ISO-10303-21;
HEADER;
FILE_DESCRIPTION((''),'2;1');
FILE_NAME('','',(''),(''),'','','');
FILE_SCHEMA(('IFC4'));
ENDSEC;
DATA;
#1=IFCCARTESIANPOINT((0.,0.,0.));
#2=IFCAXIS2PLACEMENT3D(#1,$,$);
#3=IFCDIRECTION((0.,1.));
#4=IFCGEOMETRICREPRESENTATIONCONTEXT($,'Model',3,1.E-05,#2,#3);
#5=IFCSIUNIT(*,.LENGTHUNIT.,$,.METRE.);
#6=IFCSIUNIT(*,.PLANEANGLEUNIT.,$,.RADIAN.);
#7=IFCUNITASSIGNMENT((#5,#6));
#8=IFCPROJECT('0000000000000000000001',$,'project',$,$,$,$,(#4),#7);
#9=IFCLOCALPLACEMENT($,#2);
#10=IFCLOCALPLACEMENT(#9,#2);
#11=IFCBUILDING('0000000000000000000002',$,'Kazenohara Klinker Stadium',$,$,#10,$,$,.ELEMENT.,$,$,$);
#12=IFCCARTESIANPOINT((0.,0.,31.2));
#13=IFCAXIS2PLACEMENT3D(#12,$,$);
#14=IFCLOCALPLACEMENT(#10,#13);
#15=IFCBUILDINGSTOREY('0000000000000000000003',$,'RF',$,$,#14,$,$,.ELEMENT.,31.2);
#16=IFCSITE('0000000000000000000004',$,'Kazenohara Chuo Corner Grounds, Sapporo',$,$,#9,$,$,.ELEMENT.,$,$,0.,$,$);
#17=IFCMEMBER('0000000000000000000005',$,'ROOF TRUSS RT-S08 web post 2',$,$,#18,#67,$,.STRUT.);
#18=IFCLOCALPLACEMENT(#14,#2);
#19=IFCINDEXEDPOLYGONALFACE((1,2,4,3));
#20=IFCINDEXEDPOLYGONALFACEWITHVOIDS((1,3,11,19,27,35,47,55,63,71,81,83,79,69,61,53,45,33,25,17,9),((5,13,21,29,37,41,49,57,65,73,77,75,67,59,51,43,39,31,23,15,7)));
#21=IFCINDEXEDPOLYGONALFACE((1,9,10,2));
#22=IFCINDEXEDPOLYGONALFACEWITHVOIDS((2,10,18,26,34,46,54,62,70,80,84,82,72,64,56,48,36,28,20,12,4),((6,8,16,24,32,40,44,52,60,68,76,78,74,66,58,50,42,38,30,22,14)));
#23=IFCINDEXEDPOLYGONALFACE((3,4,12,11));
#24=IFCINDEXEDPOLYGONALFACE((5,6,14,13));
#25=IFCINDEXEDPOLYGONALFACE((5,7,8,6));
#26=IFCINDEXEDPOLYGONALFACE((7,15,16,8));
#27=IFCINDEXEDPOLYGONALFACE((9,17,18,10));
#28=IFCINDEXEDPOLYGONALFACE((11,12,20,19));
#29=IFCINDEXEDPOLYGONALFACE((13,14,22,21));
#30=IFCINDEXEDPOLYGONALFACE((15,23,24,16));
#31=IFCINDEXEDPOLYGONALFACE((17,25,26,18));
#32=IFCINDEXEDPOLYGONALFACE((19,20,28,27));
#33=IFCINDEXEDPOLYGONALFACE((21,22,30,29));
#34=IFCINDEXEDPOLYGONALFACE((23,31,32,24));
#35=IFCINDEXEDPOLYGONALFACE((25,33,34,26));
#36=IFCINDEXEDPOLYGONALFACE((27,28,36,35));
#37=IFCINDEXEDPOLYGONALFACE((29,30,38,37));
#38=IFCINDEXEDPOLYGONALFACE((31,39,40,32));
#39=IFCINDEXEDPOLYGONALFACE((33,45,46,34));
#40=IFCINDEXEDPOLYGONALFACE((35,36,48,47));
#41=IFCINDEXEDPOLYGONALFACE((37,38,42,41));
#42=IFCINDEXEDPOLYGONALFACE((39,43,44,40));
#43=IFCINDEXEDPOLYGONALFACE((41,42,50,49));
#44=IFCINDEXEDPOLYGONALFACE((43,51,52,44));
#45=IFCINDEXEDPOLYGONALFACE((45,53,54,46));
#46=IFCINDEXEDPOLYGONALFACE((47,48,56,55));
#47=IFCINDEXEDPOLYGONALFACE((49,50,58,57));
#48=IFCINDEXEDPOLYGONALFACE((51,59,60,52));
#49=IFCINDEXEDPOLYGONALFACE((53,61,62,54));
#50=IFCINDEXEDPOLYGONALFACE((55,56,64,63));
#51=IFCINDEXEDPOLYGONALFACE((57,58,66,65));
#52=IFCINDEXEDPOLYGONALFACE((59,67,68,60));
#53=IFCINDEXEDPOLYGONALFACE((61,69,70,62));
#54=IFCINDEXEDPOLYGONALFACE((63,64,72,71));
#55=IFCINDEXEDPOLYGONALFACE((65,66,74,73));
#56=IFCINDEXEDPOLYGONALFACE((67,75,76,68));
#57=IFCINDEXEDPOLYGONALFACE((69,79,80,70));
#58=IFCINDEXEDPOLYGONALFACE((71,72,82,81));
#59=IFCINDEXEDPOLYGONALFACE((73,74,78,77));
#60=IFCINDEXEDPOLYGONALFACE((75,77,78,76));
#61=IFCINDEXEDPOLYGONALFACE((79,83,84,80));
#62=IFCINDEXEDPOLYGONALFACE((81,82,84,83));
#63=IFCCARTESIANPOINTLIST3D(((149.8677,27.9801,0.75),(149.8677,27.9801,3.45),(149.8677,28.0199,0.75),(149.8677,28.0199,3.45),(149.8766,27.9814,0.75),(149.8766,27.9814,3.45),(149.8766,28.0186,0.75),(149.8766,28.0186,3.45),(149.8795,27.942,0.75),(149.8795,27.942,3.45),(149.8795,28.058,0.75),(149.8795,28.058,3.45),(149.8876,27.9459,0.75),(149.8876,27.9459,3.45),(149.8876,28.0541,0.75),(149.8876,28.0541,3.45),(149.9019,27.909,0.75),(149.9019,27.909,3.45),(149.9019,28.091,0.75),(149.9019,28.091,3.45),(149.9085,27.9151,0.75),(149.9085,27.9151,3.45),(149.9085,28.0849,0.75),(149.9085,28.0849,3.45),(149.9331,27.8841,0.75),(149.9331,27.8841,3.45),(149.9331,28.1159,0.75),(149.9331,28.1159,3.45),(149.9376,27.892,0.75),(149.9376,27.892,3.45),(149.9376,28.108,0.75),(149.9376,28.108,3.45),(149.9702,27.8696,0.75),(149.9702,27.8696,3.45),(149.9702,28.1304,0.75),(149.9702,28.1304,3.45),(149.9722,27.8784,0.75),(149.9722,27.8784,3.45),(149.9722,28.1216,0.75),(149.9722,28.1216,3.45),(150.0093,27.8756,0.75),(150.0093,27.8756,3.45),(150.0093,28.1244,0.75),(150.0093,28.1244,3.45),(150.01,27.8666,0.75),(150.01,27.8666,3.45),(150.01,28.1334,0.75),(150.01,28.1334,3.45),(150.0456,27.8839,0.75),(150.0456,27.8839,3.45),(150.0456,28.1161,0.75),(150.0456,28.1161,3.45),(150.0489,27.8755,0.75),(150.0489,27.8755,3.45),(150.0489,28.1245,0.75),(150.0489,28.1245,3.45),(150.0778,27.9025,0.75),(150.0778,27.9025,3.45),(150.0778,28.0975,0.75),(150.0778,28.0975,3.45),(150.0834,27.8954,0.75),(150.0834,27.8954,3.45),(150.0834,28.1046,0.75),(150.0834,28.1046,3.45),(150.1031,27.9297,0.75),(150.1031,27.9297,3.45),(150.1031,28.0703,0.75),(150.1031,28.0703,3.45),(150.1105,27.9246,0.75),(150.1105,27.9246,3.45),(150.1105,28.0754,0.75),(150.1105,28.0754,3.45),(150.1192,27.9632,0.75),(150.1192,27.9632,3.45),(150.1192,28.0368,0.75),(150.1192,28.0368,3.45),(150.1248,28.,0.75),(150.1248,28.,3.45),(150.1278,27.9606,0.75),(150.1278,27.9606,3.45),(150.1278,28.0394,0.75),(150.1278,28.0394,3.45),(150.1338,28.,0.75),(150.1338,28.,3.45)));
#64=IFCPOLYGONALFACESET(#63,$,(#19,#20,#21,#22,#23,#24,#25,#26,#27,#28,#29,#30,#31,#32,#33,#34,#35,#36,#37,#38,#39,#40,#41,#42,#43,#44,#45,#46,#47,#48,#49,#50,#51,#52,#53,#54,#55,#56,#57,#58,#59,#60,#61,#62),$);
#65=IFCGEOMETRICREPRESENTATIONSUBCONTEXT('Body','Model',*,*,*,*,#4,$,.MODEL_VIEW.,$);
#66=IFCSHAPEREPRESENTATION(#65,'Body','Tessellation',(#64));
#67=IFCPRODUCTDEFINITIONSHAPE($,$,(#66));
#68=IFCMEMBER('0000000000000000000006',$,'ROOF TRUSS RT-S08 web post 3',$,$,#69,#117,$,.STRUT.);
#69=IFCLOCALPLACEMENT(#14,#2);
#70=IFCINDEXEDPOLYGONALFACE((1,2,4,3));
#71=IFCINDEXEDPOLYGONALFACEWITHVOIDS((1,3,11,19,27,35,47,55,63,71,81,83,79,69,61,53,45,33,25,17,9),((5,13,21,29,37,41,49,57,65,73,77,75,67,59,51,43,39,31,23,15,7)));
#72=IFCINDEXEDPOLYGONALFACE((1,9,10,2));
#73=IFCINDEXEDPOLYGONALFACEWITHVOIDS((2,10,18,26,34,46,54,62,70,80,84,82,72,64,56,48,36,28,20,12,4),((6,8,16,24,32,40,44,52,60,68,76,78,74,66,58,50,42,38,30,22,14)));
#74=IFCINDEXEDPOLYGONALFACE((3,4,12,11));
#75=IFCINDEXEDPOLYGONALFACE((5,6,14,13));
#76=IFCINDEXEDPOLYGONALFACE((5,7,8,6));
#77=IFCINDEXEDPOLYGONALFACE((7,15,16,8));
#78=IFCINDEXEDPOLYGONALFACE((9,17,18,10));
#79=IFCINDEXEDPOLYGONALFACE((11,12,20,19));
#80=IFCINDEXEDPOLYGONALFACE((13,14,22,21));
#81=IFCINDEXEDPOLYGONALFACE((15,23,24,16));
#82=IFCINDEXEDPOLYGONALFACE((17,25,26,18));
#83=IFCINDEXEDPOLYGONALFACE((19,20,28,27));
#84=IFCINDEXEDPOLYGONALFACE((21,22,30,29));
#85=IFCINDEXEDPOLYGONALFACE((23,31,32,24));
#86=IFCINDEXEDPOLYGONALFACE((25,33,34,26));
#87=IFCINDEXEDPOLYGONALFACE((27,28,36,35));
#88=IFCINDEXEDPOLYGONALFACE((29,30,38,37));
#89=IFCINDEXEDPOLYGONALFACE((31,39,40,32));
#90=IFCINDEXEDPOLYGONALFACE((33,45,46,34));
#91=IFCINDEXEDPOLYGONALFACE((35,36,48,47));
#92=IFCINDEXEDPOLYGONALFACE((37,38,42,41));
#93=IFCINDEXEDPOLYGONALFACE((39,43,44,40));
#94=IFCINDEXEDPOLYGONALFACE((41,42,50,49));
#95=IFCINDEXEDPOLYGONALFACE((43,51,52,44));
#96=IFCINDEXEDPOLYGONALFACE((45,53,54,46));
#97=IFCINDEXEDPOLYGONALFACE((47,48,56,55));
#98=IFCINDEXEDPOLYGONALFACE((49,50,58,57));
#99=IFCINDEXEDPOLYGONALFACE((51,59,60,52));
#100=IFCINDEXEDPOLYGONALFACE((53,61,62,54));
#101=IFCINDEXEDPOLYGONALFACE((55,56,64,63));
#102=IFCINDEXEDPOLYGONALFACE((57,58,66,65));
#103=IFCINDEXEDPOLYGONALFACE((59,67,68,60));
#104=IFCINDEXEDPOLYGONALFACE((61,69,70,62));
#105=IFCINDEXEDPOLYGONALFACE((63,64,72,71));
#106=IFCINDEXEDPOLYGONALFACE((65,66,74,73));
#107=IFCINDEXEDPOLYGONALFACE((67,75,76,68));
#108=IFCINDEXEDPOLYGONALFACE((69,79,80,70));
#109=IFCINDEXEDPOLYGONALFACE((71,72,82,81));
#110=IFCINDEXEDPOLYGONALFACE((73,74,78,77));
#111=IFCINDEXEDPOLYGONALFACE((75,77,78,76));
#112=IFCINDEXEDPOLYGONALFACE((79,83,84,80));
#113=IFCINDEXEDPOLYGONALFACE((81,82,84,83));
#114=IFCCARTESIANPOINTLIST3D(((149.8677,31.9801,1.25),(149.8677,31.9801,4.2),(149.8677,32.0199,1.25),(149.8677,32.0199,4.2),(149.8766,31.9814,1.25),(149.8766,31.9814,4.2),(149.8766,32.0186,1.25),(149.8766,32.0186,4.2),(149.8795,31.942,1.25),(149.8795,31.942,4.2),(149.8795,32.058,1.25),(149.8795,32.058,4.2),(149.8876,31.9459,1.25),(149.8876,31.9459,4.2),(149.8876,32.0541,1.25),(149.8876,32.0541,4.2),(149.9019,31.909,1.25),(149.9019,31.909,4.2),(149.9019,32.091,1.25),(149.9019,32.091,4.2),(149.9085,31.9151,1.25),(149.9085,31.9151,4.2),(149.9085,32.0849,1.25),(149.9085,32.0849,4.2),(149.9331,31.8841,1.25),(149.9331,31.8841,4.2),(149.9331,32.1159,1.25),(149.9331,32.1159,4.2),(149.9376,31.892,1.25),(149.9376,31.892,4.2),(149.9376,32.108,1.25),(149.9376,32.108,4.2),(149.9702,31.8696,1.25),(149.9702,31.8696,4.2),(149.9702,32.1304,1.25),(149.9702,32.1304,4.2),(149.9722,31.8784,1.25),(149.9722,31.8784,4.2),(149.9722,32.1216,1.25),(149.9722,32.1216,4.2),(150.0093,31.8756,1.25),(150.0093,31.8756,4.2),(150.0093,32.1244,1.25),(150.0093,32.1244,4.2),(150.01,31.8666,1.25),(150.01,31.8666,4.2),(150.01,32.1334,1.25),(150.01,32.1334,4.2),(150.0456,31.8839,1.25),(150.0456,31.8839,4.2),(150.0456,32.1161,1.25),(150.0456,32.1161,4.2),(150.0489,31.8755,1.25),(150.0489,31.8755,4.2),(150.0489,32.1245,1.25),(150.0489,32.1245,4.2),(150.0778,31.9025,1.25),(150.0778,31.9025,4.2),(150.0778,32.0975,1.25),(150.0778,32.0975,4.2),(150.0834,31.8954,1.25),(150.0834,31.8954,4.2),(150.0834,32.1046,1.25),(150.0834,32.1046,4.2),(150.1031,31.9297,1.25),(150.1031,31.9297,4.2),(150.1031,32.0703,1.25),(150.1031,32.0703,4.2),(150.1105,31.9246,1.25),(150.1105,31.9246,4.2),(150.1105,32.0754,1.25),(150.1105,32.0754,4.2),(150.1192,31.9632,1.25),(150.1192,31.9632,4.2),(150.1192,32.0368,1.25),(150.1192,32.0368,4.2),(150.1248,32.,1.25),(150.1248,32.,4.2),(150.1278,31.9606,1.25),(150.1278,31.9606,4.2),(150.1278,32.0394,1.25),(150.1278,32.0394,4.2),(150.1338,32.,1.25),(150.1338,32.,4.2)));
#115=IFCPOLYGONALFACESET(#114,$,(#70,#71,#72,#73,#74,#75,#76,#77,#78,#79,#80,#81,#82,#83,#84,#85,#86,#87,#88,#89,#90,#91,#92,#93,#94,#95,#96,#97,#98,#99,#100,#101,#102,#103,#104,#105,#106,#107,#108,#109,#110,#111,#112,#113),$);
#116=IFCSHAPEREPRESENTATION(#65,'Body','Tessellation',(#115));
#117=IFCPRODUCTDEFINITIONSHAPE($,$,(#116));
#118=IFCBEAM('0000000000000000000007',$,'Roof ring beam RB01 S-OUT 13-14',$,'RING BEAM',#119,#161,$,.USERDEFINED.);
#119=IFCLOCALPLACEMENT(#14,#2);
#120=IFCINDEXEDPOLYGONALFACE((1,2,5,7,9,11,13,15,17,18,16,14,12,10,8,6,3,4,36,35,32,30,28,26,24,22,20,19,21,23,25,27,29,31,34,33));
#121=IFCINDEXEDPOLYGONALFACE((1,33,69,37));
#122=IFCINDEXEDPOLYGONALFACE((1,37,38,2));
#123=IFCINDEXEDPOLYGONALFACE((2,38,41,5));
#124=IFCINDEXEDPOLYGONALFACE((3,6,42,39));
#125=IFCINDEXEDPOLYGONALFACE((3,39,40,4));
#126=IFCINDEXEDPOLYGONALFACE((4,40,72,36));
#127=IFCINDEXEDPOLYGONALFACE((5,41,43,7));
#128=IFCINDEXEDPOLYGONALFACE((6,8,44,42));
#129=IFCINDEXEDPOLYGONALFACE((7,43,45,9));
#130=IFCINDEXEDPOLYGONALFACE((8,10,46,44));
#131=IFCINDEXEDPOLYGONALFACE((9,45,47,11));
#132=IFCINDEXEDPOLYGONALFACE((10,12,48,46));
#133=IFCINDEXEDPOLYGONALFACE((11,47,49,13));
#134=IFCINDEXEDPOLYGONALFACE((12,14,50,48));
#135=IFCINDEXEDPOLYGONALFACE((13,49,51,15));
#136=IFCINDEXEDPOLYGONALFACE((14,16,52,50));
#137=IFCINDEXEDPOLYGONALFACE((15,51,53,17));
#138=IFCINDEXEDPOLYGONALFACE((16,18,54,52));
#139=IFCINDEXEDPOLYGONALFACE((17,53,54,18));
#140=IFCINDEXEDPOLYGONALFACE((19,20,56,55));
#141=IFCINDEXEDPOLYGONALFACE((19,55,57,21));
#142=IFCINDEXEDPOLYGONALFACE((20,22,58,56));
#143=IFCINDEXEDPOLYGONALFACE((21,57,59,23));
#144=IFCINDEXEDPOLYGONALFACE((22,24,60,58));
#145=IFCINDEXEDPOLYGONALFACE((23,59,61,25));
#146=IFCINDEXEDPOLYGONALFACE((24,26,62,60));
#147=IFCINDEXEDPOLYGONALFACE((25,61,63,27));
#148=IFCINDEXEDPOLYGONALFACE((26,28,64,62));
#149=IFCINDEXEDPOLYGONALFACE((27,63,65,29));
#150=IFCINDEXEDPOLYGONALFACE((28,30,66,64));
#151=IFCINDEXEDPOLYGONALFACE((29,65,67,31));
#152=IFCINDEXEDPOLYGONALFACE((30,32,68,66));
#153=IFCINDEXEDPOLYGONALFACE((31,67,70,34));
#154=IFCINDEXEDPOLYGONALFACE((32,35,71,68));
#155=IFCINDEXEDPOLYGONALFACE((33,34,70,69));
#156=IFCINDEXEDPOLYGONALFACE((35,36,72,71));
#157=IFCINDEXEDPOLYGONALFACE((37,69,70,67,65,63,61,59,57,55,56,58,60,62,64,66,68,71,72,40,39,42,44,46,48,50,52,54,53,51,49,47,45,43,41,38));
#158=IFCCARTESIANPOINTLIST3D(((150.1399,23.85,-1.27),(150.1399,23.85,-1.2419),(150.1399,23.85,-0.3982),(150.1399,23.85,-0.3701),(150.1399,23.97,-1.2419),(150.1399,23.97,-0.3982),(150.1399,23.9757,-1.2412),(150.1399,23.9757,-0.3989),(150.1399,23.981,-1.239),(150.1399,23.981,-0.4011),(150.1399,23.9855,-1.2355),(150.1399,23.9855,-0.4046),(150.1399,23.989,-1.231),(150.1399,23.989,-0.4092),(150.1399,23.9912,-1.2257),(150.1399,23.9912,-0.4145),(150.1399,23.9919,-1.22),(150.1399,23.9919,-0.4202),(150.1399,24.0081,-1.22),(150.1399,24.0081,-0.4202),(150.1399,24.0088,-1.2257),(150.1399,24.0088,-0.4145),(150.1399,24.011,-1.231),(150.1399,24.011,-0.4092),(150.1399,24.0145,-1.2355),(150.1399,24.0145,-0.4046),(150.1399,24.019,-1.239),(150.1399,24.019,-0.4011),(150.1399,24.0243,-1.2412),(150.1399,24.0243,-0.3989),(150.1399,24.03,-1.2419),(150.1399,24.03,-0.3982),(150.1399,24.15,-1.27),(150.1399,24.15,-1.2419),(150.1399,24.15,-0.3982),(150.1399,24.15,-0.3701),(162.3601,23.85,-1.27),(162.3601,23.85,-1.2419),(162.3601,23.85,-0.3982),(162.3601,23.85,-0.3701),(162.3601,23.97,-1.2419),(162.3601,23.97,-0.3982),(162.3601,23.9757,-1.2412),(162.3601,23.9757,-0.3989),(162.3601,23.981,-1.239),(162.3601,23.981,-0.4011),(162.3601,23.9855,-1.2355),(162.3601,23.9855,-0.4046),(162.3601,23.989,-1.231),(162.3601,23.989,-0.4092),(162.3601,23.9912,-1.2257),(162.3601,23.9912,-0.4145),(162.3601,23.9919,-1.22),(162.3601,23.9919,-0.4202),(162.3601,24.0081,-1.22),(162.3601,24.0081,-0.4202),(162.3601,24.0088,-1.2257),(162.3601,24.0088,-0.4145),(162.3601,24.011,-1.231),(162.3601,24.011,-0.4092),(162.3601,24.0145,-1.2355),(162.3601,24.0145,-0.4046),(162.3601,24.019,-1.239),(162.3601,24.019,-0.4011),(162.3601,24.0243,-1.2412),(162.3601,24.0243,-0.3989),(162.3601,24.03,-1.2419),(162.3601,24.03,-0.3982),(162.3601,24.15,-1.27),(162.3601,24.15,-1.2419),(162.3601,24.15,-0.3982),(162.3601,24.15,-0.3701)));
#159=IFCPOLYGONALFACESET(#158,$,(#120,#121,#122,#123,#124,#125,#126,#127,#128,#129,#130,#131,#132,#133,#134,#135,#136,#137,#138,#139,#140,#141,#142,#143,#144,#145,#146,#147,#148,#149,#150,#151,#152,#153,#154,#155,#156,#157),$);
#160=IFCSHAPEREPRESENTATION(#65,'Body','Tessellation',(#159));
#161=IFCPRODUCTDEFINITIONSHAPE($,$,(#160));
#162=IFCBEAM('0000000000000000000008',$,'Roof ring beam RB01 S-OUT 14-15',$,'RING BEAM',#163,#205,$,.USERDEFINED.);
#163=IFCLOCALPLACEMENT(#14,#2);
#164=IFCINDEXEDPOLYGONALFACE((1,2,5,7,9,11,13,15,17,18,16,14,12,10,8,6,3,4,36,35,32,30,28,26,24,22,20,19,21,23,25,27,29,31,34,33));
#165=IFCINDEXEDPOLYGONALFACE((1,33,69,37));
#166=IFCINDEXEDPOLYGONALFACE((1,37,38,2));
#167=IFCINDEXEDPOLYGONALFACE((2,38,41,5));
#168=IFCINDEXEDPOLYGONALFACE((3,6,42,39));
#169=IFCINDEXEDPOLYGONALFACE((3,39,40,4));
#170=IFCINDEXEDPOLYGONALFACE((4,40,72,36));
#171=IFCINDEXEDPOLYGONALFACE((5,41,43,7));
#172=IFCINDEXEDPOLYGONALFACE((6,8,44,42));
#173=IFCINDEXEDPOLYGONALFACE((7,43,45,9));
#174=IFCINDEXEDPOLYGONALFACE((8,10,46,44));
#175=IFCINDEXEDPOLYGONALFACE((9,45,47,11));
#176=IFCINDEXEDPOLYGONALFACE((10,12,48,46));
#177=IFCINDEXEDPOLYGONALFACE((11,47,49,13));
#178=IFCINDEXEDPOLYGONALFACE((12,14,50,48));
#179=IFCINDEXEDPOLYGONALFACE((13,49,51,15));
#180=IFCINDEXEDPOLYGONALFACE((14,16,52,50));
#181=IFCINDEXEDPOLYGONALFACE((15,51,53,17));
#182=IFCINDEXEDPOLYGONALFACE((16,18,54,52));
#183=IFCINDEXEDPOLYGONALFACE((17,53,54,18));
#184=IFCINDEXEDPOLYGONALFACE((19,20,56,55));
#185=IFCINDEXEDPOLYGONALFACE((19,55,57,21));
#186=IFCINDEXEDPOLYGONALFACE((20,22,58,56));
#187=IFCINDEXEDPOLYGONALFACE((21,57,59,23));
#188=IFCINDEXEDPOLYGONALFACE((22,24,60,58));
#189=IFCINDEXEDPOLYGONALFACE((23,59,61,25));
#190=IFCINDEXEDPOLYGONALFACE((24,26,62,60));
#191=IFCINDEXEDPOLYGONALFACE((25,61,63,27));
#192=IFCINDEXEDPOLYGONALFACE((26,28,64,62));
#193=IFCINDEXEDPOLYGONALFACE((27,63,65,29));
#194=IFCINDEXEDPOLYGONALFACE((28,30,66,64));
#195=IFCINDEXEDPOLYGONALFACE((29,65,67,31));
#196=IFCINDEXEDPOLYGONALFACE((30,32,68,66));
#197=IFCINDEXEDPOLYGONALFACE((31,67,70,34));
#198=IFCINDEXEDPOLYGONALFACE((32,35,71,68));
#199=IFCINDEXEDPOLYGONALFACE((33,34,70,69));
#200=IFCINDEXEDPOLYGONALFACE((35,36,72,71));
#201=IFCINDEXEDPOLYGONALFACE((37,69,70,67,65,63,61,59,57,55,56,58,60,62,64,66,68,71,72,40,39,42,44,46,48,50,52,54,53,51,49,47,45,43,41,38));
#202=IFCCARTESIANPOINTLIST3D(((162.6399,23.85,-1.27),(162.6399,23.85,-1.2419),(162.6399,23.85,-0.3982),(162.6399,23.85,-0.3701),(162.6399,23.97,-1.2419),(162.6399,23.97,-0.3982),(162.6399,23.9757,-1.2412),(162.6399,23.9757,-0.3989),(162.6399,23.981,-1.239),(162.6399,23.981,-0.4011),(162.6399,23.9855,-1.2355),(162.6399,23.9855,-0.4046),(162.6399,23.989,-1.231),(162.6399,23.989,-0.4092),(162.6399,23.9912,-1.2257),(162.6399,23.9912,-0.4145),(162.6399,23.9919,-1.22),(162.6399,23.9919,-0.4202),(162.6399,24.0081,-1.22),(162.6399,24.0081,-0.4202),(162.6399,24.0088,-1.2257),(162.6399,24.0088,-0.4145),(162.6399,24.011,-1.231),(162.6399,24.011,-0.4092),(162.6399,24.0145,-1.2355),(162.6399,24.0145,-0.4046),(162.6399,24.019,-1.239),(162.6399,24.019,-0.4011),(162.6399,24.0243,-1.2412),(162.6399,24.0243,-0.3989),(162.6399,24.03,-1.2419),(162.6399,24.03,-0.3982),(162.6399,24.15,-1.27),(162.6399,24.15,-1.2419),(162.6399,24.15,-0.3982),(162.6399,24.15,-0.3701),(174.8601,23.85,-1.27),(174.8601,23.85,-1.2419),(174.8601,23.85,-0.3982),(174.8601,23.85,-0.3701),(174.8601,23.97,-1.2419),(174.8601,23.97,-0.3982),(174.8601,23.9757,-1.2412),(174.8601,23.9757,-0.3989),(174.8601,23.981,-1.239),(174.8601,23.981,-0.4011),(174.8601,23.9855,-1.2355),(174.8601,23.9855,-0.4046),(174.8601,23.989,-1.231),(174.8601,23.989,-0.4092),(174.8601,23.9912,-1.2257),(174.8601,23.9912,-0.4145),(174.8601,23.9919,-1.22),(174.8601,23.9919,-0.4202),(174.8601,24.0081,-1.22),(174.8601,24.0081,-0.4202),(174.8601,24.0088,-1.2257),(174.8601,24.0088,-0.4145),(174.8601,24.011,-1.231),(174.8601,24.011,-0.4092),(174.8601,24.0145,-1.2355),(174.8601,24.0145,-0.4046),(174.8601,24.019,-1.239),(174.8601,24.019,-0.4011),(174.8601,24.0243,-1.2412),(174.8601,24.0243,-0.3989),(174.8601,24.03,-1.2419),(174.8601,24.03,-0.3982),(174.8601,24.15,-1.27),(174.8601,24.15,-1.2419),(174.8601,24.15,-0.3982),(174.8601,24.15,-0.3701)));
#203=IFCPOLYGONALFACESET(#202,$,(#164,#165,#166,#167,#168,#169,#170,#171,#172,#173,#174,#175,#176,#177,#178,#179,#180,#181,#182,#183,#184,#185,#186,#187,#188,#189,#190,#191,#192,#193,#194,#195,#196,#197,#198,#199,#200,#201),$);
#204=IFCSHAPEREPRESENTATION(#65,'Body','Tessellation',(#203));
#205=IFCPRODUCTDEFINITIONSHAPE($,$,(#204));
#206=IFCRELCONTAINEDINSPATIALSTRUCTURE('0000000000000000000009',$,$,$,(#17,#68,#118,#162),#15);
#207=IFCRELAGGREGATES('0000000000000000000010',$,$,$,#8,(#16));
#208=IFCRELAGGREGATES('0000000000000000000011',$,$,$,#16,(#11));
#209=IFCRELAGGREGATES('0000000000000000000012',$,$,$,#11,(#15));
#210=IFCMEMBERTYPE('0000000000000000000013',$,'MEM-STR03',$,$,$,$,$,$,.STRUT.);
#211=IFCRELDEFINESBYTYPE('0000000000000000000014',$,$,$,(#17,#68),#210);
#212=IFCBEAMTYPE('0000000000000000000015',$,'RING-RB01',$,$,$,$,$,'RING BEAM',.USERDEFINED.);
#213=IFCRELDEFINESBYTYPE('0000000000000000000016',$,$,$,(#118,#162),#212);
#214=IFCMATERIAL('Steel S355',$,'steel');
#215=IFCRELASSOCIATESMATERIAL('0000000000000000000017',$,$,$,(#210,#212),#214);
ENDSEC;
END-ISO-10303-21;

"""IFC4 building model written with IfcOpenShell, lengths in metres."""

from ifc_helpers import new_model, si_unit, direction, frame, origin, origin_2d, place, context, subcontext, project, spatial, hollow_circle, i_section, extrude, material, material_profile, profile_set, type_object, element, save


model = new_model("IFC4")

# Units and contexts
model_context = context("Model", 3, precision=1e-05, world=origin(), true_north=direction((0.0, 1.0)))
body_context = subcontext(model_context, "Body", "Model", "MODEL_VIEW")
ifc_project = project(units=[si_unit("LENGTHUNIT", "METRE"), si_unit("PLANEANGLEUNIT", "RADIAN")], contexts=[model_context])

# Site, building, storey
site_placement = place(None, origin())
site = spatial("IfcSite", under=ifc_project, at=site_placement, Name="Kazenohara Chuo Corner Grounds, Sapporo", CompositionType="ELEMENT", RefElevation=0.0)
building_placement = place(site_placement, origin())
building = spatial("IfcBuilding", under=site, at=building_placement, Name="Kazenohara Klinker Stadium", CompositionType="ELEMENT")
storey_placement = place(building_placement, frame((0.0, 0.0, 31.2)))
storey = spatial("IfcBuildingStorey", under=building, at=storey_placement, Name="RF", CompositionType="ELEMENT", Elevation=31.2)

# Members
ifc_material_1 = material(Name="Steel S355", Category="steel")
ifc_material_profile_1 = material_profile(ifc_material_1, hollow_circle(Radius=0.1338, WallThickness=0.009, at=origin_2d()), Name="CHS-267.4x9")
ifc_profile_set_1 = profile_set([ifc_material_profile_1], Name="Steel S355")
member_type_1 = type_object("IfcMemberType", Name="MEM-STR03", PredefinedType="STRUT", material=ifc_profile_set_1)
member_1_placement = place(storey_placement, frame((150.0, 28.0, 0.75), z_axis=(0.0, 0.0, 1.0), x_axis=(1.0, 0.0, 0.0)))
element("IfcMember", 1, at=member_1_placement, inside=storey, type_object=member_type_1, Name="ROOF TRUSS RT-S08 web post 2", PredefinedType="STRUT", context=body_context, shape_type="SweptSolid", body=[
    extrude(hollow_circle(Radius=0.1338, WallThickness=0.009, at=origin_2d()), origin(), (0.0, 0.0, 1.0), 2.7),
])
member_2_placement = place(storey_placement, frame((150.0, 32.0, 1.25), z_axis=(0.0, 0.0, 1.0), x_axis=(1.0, 0.0, 0.0)))
element("IfcMember", 2, at=member_2_placement, inside=storey, type_object=member_type_1, Name="ROOF TRUSS RT-S08 web post 3", PredefinedType="STRUT", context=body_context, shape_type="SweptSolid", body=[
    extrude(hollow_circle(Radius=0.1338, WallThickness=0.009, at=origin_2d()), origin(), (0.0, 0.0, 1.0), 2.95),
])

# Beams
ifc_material_profile_2 = material_profile(ifc_material_1, i_section(OverallWidth=0.3, OverallDepth=0.8999, WebThickness=0.0161, FlangeThickness=0.0281, FilletRadius=0.022, at=origin_2d()), Name="H-900x300x16x28")
ifc_profile_set_2 = profile_set([ifc_material_profile_2], Name="Steel S355")
beam_type = type_object("IfcBeamType", Name="RING-RB01", ElementType="RING BEAM", PredefinedType="USERDEFINED", material=ifc_profile_set_2)
for number, where, z_axis, x_axis, name in (
    (3, (150.1399, 24.0, -0.8201), (1.0, 0.0, 0.0), (0.0, 1.0, 0.0), "Roof ring beam RB01 S-OUT 13-14"),
    (4, (162.6399, 24.0, -0.8201), (1.0, 0.0, 0.0), (0.0, 1.0, 0.0), "Roof ring beam RB01 S-OUT 14-15"),
):
    element("IfcBeam", number, at=place(storey_placement, frame(where, z_axis=z_axis, x_axis=x_axis)), inside=storey, type_object=beam_type, Name=name, ObjectType="RING BEAM", PredefinedType="USERDEFINED", context=body_context, shape_type="SweptSolid", body=[
        extrude(i_section(OverallWidth=0.3, OverallDepth=0.8999, WebThickness=0.0161, FlangeThickness=0.0281, FilletRadius=0.022, at=origin_2d()), origin(), (0.0, 0.0, 1.0), 12.2202),
    ])

save(model, "model.ifc")
